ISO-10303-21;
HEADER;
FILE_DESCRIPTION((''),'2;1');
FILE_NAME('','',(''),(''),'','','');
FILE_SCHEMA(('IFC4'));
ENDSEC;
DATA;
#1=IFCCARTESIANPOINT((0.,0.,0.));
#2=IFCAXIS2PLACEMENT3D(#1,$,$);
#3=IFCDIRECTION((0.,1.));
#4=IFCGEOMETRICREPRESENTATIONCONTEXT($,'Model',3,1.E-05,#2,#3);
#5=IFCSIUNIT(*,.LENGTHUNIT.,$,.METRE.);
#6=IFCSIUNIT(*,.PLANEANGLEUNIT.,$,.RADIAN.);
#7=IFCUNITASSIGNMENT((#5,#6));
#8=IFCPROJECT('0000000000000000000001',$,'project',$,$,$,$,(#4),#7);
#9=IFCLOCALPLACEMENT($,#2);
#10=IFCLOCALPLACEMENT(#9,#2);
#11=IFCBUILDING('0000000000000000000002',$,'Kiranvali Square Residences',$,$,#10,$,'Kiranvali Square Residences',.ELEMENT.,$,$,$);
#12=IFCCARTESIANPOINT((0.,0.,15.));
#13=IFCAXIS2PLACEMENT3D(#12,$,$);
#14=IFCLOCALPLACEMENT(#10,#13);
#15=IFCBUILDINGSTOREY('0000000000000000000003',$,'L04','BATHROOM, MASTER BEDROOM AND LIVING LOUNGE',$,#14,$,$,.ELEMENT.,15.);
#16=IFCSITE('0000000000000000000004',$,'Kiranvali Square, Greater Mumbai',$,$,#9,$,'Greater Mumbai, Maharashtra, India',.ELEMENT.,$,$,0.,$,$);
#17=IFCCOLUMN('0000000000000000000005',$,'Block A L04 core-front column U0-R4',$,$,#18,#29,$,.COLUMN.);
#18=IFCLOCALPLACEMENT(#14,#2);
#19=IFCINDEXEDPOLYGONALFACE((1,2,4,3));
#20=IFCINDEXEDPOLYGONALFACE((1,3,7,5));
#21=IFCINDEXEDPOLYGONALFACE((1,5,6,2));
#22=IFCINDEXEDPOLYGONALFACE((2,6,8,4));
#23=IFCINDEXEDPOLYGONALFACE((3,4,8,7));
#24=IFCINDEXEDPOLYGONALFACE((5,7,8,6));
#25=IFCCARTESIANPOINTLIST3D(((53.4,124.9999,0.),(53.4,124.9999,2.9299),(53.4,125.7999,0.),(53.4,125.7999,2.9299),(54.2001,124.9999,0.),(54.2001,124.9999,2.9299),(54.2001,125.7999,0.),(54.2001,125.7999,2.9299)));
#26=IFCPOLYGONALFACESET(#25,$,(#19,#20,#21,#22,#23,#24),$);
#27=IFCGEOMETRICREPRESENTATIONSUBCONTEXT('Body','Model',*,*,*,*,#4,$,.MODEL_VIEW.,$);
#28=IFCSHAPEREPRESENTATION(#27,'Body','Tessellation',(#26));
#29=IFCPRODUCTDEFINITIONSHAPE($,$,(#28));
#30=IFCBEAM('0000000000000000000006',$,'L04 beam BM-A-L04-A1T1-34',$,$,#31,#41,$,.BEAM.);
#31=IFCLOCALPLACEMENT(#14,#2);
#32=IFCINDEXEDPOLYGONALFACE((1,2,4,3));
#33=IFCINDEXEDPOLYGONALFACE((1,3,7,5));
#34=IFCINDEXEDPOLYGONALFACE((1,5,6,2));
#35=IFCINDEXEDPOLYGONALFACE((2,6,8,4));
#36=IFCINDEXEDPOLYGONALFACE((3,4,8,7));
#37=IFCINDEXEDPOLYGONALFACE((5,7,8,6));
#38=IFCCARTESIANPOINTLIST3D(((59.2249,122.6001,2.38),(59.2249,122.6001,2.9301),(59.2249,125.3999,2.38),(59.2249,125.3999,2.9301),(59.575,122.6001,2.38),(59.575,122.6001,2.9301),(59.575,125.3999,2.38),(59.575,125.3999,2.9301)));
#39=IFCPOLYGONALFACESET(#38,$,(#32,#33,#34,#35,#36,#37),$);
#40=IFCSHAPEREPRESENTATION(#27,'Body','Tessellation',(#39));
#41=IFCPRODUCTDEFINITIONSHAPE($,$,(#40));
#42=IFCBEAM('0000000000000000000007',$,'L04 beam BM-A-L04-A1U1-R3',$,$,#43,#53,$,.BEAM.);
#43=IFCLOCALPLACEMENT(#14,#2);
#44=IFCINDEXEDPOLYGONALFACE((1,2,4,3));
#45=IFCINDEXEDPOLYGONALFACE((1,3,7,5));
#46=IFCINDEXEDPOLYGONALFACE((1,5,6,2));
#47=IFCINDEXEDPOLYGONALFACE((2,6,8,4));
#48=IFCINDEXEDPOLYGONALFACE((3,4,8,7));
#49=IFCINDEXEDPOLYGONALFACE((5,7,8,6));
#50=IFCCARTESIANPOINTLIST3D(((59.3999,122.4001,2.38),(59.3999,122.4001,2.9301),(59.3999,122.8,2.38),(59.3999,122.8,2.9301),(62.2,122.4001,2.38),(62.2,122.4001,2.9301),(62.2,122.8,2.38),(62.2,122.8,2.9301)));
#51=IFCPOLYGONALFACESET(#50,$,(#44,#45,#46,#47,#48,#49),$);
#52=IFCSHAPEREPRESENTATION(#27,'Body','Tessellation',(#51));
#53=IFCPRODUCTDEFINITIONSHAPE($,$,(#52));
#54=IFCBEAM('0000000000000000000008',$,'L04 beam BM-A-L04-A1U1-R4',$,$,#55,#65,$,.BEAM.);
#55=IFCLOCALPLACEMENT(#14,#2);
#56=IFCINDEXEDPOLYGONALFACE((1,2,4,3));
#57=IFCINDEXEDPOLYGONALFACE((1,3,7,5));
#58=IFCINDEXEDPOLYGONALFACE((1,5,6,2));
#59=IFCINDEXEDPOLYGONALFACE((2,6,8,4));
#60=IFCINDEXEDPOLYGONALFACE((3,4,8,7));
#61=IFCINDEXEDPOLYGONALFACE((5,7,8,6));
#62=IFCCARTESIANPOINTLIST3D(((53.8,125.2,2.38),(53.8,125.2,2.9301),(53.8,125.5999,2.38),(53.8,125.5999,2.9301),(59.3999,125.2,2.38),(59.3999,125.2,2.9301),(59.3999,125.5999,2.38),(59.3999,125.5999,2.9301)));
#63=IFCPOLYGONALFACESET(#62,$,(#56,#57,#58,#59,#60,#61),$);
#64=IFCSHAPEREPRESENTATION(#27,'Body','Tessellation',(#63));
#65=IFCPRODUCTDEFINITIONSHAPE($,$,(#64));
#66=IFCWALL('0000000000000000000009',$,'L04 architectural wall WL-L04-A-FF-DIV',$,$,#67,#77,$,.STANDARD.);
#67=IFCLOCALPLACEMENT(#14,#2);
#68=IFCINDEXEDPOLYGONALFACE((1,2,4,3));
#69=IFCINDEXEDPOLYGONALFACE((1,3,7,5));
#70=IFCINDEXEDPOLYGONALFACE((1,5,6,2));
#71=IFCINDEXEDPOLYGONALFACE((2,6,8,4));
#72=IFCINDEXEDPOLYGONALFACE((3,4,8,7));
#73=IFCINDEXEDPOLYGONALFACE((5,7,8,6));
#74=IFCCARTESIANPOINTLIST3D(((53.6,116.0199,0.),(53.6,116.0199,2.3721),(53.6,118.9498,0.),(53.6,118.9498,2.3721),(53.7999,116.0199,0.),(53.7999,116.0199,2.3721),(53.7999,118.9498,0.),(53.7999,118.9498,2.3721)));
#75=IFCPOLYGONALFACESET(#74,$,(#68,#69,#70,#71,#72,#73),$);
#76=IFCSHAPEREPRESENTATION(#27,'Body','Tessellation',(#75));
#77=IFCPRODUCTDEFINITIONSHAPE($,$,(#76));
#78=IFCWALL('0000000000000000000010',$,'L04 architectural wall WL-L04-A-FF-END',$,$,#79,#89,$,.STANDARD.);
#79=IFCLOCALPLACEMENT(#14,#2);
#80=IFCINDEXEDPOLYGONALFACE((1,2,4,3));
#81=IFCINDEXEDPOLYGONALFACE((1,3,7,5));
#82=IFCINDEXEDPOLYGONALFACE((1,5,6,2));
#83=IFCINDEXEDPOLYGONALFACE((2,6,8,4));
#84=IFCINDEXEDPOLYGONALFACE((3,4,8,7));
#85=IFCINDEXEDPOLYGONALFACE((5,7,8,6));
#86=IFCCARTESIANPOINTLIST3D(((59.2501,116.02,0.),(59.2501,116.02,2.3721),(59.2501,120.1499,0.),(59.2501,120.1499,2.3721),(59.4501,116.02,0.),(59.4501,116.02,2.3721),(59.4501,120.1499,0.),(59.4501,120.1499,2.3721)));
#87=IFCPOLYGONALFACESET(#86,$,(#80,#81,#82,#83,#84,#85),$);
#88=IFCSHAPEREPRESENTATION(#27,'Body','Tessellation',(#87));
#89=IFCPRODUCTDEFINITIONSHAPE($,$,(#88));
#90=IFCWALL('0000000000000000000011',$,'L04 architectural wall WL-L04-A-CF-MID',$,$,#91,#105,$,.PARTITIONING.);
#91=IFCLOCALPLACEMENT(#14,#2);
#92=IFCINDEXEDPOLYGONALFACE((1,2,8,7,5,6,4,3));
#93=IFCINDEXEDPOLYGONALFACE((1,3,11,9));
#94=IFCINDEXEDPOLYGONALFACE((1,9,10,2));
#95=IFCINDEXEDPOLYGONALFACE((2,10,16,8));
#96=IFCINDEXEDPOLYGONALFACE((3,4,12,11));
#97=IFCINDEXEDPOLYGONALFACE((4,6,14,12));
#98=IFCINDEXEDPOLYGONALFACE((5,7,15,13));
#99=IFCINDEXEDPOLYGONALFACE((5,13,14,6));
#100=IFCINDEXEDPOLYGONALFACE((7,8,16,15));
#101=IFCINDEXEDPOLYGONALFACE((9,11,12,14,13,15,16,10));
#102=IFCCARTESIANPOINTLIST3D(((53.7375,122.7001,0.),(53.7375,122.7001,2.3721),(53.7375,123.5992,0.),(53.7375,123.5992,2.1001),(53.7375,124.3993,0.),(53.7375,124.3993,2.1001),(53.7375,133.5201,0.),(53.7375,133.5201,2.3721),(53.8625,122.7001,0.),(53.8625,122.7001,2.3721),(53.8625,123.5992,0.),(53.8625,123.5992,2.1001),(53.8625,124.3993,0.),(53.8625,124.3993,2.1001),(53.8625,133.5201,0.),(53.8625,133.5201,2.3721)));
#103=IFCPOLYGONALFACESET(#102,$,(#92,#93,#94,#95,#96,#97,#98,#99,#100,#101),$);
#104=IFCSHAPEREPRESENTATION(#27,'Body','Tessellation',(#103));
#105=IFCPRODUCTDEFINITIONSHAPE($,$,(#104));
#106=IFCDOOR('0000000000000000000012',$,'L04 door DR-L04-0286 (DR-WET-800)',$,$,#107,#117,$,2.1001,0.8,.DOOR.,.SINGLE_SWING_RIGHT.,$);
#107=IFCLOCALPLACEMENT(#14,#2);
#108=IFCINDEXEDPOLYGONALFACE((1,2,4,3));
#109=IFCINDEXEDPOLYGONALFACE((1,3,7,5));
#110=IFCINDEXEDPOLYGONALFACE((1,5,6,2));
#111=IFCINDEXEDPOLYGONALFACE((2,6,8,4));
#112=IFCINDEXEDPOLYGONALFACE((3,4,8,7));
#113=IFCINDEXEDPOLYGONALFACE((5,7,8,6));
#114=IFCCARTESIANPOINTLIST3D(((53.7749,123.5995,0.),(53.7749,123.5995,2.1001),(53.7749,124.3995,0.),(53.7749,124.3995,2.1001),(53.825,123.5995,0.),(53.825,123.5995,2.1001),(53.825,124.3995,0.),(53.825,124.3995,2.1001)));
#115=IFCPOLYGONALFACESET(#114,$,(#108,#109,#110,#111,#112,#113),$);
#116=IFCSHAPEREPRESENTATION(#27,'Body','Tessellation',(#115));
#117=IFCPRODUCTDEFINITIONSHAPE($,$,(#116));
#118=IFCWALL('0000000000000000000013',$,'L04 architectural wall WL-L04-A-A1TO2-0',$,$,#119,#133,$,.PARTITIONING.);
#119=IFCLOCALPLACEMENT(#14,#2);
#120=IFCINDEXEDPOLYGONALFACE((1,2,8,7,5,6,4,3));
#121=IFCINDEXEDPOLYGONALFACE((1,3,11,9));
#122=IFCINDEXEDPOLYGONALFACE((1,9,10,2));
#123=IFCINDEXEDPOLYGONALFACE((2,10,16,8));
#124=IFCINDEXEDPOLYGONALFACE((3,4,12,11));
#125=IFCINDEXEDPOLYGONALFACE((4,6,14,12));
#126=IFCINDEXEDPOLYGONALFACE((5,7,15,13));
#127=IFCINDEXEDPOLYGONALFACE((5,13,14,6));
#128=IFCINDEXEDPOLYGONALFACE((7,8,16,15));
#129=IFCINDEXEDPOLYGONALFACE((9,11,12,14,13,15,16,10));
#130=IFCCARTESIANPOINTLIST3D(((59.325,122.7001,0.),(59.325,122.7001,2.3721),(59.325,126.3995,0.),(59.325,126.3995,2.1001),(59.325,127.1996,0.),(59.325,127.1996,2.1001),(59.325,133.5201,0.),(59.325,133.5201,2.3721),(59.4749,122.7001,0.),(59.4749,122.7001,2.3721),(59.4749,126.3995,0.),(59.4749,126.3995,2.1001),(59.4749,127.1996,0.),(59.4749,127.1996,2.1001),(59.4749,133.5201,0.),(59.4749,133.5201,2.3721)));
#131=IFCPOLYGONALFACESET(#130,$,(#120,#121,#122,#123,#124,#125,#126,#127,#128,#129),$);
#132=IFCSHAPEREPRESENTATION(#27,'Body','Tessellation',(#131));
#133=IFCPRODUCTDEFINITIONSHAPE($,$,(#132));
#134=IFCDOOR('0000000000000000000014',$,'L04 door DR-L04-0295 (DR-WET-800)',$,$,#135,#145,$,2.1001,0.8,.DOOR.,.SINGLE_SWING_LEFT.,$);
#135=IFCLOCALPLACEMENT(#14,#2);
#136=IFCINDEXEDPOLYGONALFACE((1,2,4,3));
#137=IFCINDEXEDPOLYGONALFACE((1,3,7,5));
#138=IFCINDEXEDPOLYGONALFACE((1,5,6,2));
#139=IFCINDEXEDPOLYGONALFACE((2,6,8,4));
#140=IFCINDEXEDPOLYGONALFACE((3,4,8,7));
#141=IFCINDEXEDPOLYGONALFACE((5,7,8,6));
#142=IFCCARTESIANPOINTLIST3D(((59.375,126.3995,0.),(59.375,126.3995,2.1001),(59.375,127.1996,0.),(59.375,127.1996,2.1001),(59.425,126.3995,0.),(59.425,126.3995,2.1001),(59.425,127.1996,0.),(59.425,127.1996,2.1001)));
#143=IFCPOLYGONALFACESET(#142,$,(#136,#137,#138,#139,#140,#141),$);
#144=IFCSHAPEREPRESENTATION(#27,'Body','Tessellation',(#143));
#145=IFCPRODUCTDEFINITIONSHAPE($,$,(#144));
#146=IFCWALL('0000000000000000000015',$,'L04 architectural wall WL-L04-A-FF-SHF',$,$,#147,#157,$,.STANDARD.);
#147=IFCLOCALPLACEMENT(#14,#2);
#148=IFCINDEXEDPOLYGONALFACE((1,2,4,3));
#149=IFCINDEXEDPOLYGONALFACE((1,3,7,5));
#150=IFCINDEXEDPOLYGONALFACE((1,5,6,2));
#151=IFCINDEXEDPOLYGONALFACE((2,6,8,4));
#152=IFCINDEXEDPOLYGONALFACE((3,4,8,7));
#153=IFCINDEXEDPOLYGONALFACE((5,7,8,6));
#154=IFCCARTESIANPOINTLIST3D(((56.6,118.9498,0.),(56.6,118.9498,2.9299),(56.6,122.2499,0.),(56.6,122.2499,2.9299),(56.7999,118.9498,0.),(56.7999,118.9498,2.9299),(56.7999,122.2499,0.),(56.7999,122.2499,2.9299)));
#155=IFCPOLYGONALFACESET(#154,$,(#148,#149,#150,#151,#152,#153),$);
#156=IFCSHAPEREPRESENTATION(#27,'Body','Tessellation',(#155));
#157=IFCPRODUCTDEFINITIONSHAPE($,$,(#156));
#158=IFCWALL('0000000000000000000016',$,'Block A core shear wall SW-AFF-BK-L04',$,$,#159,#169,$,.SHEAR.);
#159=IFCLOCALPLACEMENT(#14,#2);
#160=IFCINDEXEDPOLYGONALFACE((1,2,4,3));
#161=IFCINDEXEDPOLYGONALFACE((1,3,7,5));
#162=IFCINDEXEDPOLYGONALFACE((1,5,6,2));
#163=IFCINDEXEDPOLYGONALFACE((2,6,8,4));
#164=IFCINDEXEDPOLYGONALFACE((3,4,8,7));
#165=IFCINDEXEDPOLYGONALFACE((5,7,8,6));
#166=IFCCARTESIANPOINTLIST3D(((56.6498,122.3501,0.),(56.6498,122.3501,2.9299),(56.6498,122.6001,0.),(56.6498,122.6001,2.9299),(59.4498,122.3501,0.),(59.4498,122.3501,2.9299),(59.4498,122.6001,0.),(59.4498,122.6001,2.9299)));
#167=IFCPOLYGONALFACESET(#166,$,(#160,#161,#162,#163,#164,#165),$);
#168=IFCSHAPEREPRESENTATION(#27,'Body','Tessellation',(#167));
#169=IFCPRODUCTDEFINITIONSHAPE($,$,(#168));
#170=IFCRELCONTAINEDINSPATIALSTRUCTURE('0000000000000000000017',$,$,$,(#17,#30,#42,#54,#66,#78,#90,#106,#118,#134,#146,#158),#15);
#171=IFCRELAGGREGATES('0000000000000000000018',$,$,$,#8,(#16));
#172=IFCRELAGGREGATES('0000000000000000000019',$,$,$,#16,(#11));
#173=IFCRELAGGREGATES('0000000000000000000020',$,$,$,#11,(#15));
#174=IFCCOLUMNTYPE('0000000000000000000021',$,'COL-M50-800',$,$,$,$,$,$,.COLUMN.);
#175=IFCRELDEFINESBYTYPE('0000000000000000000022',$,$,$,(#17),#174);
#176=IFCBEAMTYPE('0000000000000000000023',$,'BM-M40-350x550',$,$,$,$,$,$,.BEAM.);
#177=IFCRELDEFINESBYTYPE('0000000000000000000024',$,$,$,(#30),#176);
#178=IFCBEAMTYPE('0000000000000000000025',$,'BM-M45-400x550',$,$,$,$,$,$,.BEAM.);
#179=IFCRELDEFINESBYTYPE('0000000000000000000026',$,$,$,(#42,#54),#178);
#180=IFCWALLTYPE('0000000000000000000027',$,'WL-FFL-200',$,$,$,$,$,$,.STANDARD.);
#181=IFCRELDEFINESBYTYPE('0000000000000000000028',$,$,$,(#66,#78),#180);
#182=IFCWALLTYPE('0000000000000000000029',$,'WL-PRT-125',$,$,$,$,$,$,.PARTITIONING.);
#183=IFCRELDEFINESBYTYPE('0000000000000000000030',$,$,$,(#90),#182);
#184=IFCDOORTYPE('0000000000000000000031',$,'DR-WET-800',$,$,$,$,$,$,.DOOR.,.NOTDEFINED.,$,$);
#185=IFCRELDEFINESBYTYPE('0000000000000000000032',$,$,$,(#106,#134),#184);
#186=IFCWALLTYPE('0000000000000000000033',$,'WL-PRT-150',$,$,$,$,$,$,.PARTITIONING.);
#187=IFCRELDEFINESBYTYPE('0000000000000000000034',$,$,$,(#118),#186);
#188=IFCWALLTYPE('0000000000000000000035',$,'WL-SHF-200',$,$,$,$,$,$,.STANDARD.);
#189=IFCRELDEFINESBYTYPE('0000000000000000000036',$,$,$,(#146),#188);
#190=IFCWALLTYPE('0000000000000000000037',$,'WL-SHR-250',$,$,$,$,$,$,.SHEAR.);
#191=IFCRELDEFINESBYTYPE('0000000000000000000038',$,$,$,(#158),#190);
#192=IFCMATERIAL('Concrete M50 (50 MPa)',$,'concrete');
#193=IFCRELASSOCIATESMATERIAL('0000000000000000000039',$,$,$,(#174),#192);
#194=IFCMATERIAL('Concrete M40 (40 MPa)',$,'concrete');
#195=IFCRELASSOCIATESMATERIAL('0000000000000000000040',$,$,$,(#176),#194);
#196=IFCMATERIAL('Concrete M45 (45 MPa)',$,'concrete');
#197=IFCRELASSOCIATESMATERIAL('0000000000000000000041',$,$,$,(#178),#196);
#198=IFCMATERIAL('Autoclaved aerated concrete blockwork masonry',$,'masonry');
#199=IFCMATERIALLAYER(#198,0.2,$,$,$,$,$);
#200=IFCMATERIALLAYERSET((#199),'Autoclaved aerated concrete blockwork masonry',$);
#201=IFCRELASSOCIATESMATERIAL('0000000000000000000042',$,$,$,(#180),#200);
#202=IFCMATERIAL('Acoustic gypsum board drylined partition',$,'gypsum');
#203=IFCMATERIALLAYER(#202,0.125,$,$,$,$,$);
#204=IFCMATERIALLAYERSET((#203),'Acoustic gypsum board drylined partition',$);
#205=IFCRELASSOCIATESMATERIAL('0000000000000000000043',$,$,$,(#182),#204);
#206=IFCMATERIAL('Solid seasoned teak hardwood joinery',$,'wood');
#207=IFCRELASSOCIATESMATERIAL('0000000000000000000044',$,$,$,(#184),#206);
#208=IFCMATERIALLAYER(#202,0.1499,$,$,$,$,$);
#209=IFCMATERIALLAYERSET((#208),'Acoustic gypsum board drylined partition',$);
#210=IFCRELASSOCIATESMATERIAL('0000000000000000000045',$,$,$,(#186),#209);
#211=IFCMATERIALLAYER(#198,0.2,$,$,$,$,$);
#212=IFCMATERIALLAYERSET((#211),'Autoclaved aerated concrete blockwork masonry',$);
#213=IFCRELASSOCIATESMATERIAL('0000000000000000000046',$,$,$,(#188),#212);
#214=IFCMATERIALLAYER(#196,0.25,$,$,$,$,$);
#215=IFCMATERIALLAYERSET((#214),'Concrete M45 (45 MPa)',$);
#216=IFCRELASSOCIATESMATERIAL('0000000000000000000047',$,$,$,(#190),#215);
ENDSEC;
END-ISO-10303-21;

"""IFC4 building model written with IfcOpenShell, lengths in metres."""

from ifc_helpers import new_model, si_unit, direction, frame, frame_2d, origin, origin_2d, place, context, subcontext, project, spatial, rectangle, extrude, material, layer, layer_set, material_profile, profile_set, type_object, element, fill, save


model = new_model("IFC4")

# Units and contexts
model_context = context("Model", 3, precision=1e-05, world=origin(), true_north=direction((0.0, 1.0)))
body_context = subcontext(model_context, "Body", "Model", "MODEL_VIEW")
ifc_project = project(units=[si_unit("LENGTHUNIT", "METRE"), si_unit("PLANEANGLEUNIT", "RADIAN")], contexts=[model_context])

# Site, building, storey
site_placement = place(None, origin())
site = spatial("IfcSite", under=ifc_project, at=site_placement, Name="Kiranvali Square, Greater Mumbai", LongName="Greater Mumbai, Maharashtra, India", CompositionType="ELEMENT", RefElevation=0.0)
building_placement = place(site_placement, origin())
building = spatial("IfcBuilding", under=site, at=building_placement, Name="Kiranvali Square Residences", LongName="Kiranvali Square Residences", CompositionType="ELEMENT")
storey_placement = place(building_placement, frame((0.0, 0.0, 15.0)))
storey = spatial("IfcBuildingStorey", under=building, at=storey_placement, Name="L04", Description="BATHROOM, MASTER BEDROOM AND LIVING LOUNGE", CompositionType="ELEMENT", Elevation=15.0)

# Column
ifc_material_1 = material(Name="Concrete M50 (50 MPa)", Category="concrete")
ifc_material_profile_1 = material_profile(ifc_material_1, rectangle(XDim=0.8, YDim=0.8, at=origin_2d()), Name="RC 800x800")
ifc_profile_set_1 = profile_set([ifc_material_profile_1], Name="Concrete M50 (50 MPa)")
column_type = type_object("IfcColumnType", Name="COL-M50-800", PredefinedType="COLUMN", material=ifc_profile_set_1)
column_placement = place(storey_placement, frame((53.8, 125.3999, 0.0), z_axis=(0.0, 0.0, 1.0), x_axis=(1.0, 0.0, 0.0)))
element("IfcColumn", 1, at=column_placement, inside=storey, type_object=column_type, Name="Block A L04 core-front column U0-R4", PredefinedType="COLUMN", context=body_context, shape_type="SweptSolid", body=[
    extrude(rectangle(XDim=0.8, YDim=0.8, at=origin_2d()), origin(), (0.0, 0.0, 1.0), 2.9299),
])

# Beams
ifc_material_2 = material(Name="Concrete M40 (40 MPa)", Category="concrete")
ifc_material_profile_2 = material_profile(ifc_material_2, rectangle(XDim=0.3501, YDim=0.55, at=origin_2d()), Name="RC 350x550")
ifc_profile_set_2 = profile_set([ifc_material_profile_2], Name="Concrete M40 (40 MPa)")
beam_type_1 = type_object("IfcBeamType", Name="BM-M40-350x550", PredefinedType="BEAM", material=ifc_profile_set_2)
beam_1_placement = place(storey_placement, frame((59.3999, 122.6001, 2.655), z_axis=(0.0, 1.0, 0.0), x_axis=(-1.0, 0.0, 0.0)))
element("IfcBeam", 2, at=beam_1_placement, inside=storey, type_object=beam_type_1, Name="L04 beam BM-A-L04-A1T1-34", PredefinedType="BEAM", context=body_context, shape_type="SweptSolid", body=[
    extrude(rectangle(XDim=0.3501, YDim=0.55, at=origin_2d()), origin(), (0.0, 0.0, 1.0), 2.7998),
])
ifc_material_3 = material(Name="Concrete M45 (45 MPa)", Category="concrete")
ifc_material_profile_3 = material_profile(ifc_material_3, rectangle(XDim=0.3999, YDim=0.55, at=origin_2d()), Name="RC 400x550")
ifc_profile_set_3 = profile_set([ifc_material_profile_3], Name="Concrete M45 (45 MPa)")
beam_type_2 = type_object("IfcBeamType", Name="BM-M45-400x550", PredefinedType="BEAM", material=ifc_profile_set_3)
beam_2_placement = place(storey_placement, frame((59.3999, 122.6001, 2.655), z_axis=(1.0, 0.0, 0.0), x_axis=(0.0, 1.0, 0.0)))
element("IfcBeam", 3, at=beam_2_placement, inside=storey, type_object=beam_type_2, Name="L04 beam BM-A-L04-A1U1-R3", PredefinedType="BEAM", context=body_context, shape_type="SweptSolid", body=[
    extrude(rectangle(XDim=0.3999, YDim=0.55, at=origin_2d()), origin(), (0.0, 0.0, 1.0), 2.8),
])
beam_3_placement = place(storey_placement, frame((53.8, 125.3999, 2.655), z_axis=(1.0, 0.0, 0.0), x_axis=(0.0, 1.0, 0.0)))
element("IfcBeam", 4, at=beam_3_placement, inside=storey, type_object=beam_type_2, Name="L04 beam BM-A-L04-A1U1-R4", PredefinedType="BEAM", context=body_context, shape_type="SweptSolid", body=[
    extrude(rectangle(XDim=0.3999, YDim=0.55, at=origin_2d()), origin(), (0.0, 0.0, 1.0), 5.5999),
])

# Shared definitions
ifc_material_4 = material(Name="Autoclaved aerated concrete blockwork masonry", Category="masonry")
ifc_layer_1 = layer(ifc_material_4, 0.2)
ifc_layer_set_1 = layer_set([ifc_layer_1], Name="Autoclaved aerated concrete blockwork masonry")
wall_type_1 = type_object("IfcWallType", Name="WL-FFL-200", PredefinedType="STANDARD", material=ifc_layer_set_1)

# Walls
wall_1_placement = place(storey_placement, frame((53.7, 116.02, 0.0), z_axis=(0.0, 0.0, 1.0), x_axis=(0.0, 1.0, 0.0)))
element("IfcWall", 5, at=wall_1_placement, inside=storey, type_object=wall_type_1, Name="L04 architectural wall WL-L04-A-FF-DIV", PredefinedType="STANDARD", context=body_context, shape_type="SweptSolid", body=[
    extrude(rectangle(XDim=2.9299, YDim=0.2, at=frame_2d((1.4648, 0.0))), origin(), (0.0, 0.0, 1.0), 2.3721),
])
wall_2_placement = place(storey_placement, frame((59.3501, 116.02, 0.0), z_axis=(0.0, 0.0, 1.0), x_axis=(0.0, 1.0, 0.0)))
element("IfcWall", 6, at=wall_2_placement, inside=storey, type_object=wall_type_1, Name="L04 architectural wall WL-L04-A-FF-END", PredefinedType="STANDARD", context=body_context, shape_type="SweptSolid", body=[
    extrude(rectangle(XDim=4.1299, YDim=0.2, at=frame_2d((2.0649, 0.0))), origin(), (0.0, 0.0, 1.0), 2.3721),
])

# Walls, openings, doors
ifc_material_5 = material(Name="Acoustic gypsum board drylined partition", Category="gypsum")
ifc_layer_2 = layer(ifc_material_5, 0.125)
ifc_layer_set_2 = layer_set([ifc_layer_2], Name="Acoustic gypsum board drylined partition")
wall_type_2 = type_object("IfcWallType", Name="WL-PRT-125", PredefinedType="PARTITIONING", material=ifc_layer_set_2)
wall_3_placement = place(storey_placement, frame((53.8, 122.7, 0.0), z_axis=(0.0, 0.0, 1.0), x_axis=(0.0, 1.0, 0.0)))
wall_3 = element("IfcWall", 7, at=wall_3_placement, inside=storey, type_object=wall_type_2, Name="L04 architectural wall WL-L04-A-CF-MID", PredefinedType="PARTITIONING", context=body_context, shape_type="SweptSolid", body=[
    extrude(rectangle(XDim=10.8201, YDim=0.125, at=frame_2d((5.4102, 0.0))), origin(), (0.0, 0.0, 1.0), 2.3721),
])
opening_1_placement = place(wall_3_placement, frame((0.8994, 0.0, 0.0)))
opening_1 = element("IfcOpeningElement", 8, at=opening_1_placement, cuts=wall_3, PredefinedType="OPENING", context=body_context, shape_type="SweptSolid", body=[
    extrude(rectangle(XDim=0.8, YDim=2.1001, at=frame_2d((0.3999, 1.05))), frame((0.0, 0.0725, 0.0), z_axis=(0.0, -1.0, 0.0), x_axis=(1.0, 0.0, 0.0)), (0.0, 0.0, 1.0), 0.145),
])
ifc_material_6 = material(Name="Solid seasoned teak hardwood joinery", Category="wood")
door_type_1 = type_object("IfcDoorType", Name="DR-WET-800", OperationType="NOTDEFINED", PredefinedType="DOOR", material=ifc_material_6)
door_1_placement = place(opening_1_placement, frame((0.8, 0.0, 0.0), z_axis=(0.0, 0.0, 1.0), x_axis=(-1.0, 0.0, 0.0)))
door_1 = element("IfcDoor", 9, at=door_1_placement, inside=storey, type_object=door_type_1, Name="L04 door DR-L04-0286 (DR-WET-800)", OperationType="SINGLE_SWING_RIGHT", OverallHeight=2.1001, OverallWidth=0.8, PredefinedType="DOOR", context=body_context, shape_type="SweptSolid", body=[
    extrude(rectangle(XDim=0.8, YDim=2.1001, at=frame_2d((0.3999, 1.05))), frame((0.0, 0.0249, 0.0), z_axis=(0.0, -1.0, 0.0), x_axis=(1.0, 0.0, 0.0)), (0.0, 0.0, 1.0), 0.05),
])
fill(opening_1, door_1)
ifc_layer_3 = layer(ifc_material_5, 0.1499)
ifc_layer_set_3 = layer_set([ifc_layer_3], Name="Acoustic gypsum board drylined partition")
wall_type_3 = type_object("IfcWallType", Name="WL-PRT-150", PredefinedType="PARTITIONING", material=ifc_layer_set_3)
wall_4_placement = place(storey_placement, frame((59.3999, 122.7, 0.0), z_axis=(0.0, 0.0, 1.0), x_axis=(0.0, 1.0, 0.0)))
wall_4 = element("IfcWall", 10, at=wall_4_placement, inside=storey, type_object=wall_type_3, Name="L04 architectural wall WL-L04-A-A1TO2-0", PredefinedType="PARTITIONING", context=body_context, shape_type="SweptSolid", body=[
    extrude(rectangle(XDim=10.8201, YDim=0.1499, at=frame_2d((5.4102, 0.0))), origin(), (0.0, 0.0, 1.0), 2.3721),
])
opening_2_placement = place(wall_4_placement, frame((3.6997, 0.0, 0.0)))
opening_2 = element("IfcOpeningElement", 11, at=opening_2_placement, cuts=wall_4, PredefinedType="OPENING", context=body_context, shape_type="SweptSolid", body=[
    extrude(rectangle(XDim=0.8, YDim=2.1001, at=frame_2d((0.3999, 1.05))), frame((0.0, 0.085, 0.0), z_axis=(0.0, -1.0, 0.0), x_axis=(1.0, 0.0, 0.0)), (0.0, 0.0, 1.0), 0.1699),
])
door_2_placement = place(opening_2_placement, origin())
door_2 = element("IfcDoor", 12, at=door_2_placement, inside=storey, type_object=door_type_1, Name="L04 door DR-L04-0295 (DR-WET-800)", OperationType="SINGLE_SWING_LEFT", OverallHeight=2.1001, OverallWidth=0.8, PredefinedType="DOOR", context=body_context, shape_type="SweptSolid", body=[
    extrude(rectangle(XDim=0.8, YDim=2.1001, at=frame_2d((0.3999, 1.05))), frame((0.0, 0.0249, 0.0), z_axis=(0.0, -1.0, 0.0), x_axis=(1.0, 0.0, 0.0)), (0.0, 0.0, 1.0), 0.05),
])
fill(opening_2, door_2)

# Walls
ifc_layer_4 = layer(ifc_material_4, 0.2)
ifc_layer_set_4 = layer_set([ifc_layer_4], Name="Autoclaved aerated concrete blockwork masonry")
wall_type_4 = type_object("IfcWallType", Name="WL-SHF-200", PredefinedType="STANDARD", material=ifc_layer_set_4)
wall_5_placement = place(storey_placement, frame((56.7, 118.95, 0.0), z_axis=(0.0, 0.0, 1.0), x_axis=(0.0, 1.0, 0.0)))
element("IfcWall", 13, at=wall_5_placement, inside=storey, type_object=wall_type_4, Name="L04 architectural wall WL-L04-A-FF-SHF", PredefinedType="STANDARD", context=body_context, shape_type="SweptSolid", body=[
    extrude(rectangle(XDim=3.3, YDim=0.2, at=frame_2d((1.6499, 0.0))), origin(), (0.0, 0.0, 1.0), 2.9299),
])
ifc_layer_5 = layer(ifc_material_3, 0.25)
ifc_layer_set_5 = layer_set([ifc_layer_5], Name="Concrete M45 (45 MPa)")
wall_type_5 = type_object("IfcWallType", Name="WL-SHR-250", PredefinedType="SHEAR", material=ifc_layer_set_5)
wall_6_placement = place(storey_placement, frame((56.6499, 122.4751, 0.0), z_axis=(0.0, 0.0, 1.0), x_axis=(1.0, 0.0, 0.0)))
element("IfcWall", 14, at=wall_6_placement, inside=storey, type_object=wall_type_5, Name="Block A core shear wall SW-AFF-BK-L04", PredefinedType="SHEAR", context=body_context, shape_type="SweptSolid", body=[
    extrude(rectangle(XDim=2.8, YDim=0.25, at=frame_2d((1.3999, 0.0))), origin(), (0.0, 0.0, 1.0), 2.9299),
])

save(model, "model.ifc")
